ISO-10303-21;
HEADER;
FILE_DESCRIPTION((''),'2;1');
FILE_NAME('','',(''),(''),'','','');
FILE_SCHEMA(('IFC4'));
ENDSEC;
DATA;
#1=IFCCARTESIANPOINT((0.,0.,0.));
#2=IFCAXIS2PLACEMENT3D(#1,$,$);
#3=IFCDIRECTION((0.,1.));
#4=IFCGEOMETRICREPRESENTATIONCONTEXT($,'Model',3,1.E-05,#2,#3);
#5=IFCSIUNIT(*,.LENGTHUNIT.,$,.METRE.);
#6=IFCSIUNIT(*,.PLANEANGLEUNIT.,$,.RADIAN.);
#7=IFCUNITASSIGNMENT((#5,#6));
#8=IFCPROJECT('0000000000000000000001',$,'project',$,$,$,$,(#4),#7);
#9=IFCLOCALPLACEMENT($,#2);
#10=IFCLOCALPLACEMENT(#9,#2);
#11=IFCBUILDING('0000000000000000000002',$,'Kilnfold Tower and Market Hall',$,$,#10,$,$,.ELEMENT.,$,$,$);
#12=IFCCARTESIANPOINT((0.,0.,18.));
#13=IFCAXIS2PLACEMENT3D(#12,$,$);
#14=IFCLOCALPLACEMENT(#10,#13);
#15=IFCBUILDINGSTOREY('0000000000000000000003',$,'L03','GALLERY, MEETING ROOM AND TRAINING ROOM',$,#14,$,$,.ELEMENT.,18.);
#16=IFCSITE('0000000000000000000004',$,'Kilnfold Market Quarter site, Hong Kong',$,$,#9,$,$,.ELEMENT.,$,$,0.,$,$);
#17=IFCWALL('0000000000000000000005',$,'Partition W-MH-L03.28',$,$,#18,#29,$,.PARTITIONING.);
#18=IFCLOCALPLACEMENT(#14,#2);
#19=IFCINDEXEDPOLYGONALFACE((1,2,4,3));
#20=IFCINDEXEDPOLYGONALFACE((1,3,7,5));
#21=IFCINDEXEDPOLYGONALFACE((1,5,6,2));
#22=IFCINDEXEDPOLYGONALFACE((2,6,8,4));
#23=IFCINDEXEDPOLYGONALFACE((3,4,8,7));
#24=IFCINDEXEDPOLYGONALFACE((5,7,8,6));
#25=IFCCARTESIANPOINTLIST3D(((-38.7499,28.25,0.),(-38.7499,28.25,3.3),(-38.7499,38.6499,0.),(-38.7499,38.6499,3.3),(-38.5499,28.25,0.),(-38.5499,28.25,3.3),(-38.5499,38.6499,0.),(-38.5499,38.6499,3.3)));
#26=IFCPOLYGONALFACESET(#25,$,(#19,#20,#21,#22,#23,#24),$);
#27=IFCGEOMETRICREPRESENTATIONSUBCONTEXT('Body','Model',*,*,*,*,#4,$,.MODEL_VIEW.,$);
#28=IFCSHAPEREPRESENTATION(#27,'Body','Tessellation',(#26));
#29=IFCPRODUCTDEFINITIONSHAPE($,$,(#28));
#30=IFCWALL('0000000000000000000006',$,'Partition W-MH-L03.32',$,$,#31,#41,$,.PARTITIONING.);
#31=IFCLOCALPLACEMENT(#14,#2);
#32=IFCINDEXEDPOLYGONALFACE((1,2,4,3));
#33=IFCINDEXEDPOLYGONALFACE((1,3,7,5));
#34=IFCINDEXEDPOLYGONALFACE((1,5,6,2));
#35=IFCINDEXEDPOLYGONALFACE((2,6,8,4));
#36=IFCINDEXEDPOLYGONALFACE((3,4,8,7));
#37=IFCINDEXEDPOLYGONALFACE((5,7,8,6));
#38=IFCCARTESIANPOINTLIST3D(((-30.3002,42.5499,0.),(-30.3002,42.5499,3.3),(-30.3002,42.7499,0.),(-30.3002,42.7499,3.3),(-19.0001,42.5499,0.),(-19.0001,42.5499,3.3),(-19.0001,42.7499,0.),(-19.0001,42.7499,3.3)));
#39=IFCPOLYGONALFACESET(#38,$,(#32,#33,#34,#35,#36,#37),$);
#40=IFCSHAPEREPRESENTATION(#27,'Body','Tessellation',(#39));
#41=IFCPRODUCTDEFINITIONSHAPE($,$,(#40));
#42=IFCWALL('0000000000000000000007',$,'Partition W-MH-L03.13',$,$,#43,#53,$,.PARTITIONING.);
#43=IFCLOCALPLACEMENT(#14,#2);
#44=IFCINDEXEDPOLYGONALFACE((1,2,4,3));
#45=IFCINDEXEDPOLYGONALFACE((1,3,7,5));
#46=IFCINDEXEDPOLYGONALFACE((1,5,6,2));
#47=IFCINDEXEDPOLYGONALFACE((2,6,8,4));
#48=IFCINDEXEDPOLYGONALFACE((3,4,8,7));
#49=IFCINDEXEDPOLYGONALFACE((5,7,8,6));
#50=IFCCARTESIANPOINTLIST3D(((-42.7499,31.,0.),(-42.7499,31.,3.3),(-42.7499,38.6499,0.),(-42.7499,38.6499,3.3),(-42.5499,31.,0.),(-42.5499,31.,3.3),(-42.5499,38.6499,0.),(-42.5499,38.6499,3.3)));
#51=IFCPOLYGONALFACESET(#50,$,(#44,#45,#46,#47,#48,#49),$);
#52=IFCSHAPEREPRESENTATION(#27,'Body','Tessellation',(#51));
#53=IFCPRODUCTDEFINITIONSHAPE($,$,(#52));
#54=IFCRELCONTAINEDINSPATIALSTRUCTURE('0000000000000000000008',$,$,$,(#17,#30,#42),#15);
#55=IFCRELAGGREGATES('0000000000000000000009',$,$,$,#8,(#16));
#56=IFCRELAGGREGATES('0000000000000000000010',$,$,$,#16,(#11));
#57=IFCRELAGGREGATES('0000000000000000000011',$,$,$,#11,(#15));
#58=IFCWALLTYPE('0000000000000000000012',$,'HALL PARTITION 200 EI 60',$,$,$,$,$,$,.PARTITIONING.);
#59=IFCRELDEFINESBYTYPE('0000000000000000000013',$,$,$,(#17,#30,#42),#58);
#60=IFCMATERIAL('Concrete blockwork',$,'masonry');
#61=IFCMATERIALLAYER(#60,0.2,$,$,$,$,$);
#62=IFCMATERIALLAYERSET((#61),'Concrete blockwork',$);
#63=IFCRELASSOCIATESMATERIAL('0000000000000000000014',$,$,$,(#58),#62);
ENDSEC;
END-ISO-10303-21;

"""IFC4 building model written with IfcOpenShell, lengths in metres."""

from ifc_helpers import new_model, si_unit, direction, frame, frame_2d, origin, place, context, subcontext, project, spatial, rectangle, extrude, source, transform, mapped, material, layer, layer_set, type_object, element, save


model = new_model("IFC4")

# Units and contexts
model_context = context("Model", 3, precision=1e-05, world=origin(), true_north=direction((0.0, 1.0)))
body_context = subcontext(model_context, "Body", "Model", "MODEL_VIEW")
ifc_project = project(units=[si_unit("LENGTHUNIT", "METRE"), si_unit("PLANEANGLEUNIT", "RADIAN")], contexts=[model_context])

# Site, building, storey
site_placement = place(None, origin())
site = spatial("IfcSite", under=ifc_project, at=site_placement, Name="Kilnfold Market Quarter site, Hong Kong", CompositionType="ELEMENT", RefElevation=0.0)
building_placement = place(site_placement, origin())
building = spatial("IfcBuilding", under=site, at=building_placement, Name="Kilnfold Tower and Market Hall", CompositionType="ELEMENT")
storey_placement = place(building_placement, frame((0.0, 0.0, 18.0)))
storey = spatial("IfcBuildingStorey", under=building, at=storey_placement, Name="L03", Description="GALLERY, MEETING ROOM AND TRAINING ROOM", CompositionType="ELEMENT", Elevation=18.0)

# Shared definitions
ifc_material_1 = material(Name="Concrete blockwork", Category="masonry")
ifc_layer_1 = layer(ifc_material_1, 0.2)
ifc_layer_set_1 = layer_set([ifc_layer_1], Name="Concrete blockwork")
wall_type_1 = type_object("IfcWallType", Name="HALL PARTITION 200 EI 60", PredefinedType="PARTITIONING", material=ifc_layer_set_1)

# Wall
shared_shape_1 = source(origin(), body_context, "Body", "SweptSolid", [
    extrude(rectangle(XDim=10.3999, YDim=0.2, at=frame_2d((5.2, 0.0))), origin(), (0.0, 0.0, 1.0), 3.3),
])
wall_1_placement = place(storey_placement, frame((-38.6499, 38.6499, 0.0), z_axis=(0.0, 0.0, 1.0), x_axis=(0.0, -1.0, 0.0)))
element("IfcWall", 1, at=wall_1_placement, inside=storey, type_object=wall_type_1, Name="Partition W-MH-L03.28", PredefinedType="PARTITIONING", context=body_context, shape_type="MappedRepresentation", body=[
    mapped(shared_shape_1, transform((0.0, 0.0, 0.0))),
])

# Shared definitions
shared_shape_2 = source(origin(), body_context, "Body", "SweptSolid", [
    extrude(rectangle(XDim=11.3, YDim=0.2, at=frame_2d((5.6499, 0.0))), origin(), (0.0, 0.0, 1.0), 3.3),
])

# Walls
wall_2_placement = place(storey_placement, frame((-30.3, 42.6499, 0.0), z_axis=(0.0, 0.0, 1.0), x_axis=(1.0, 0.0, 0.0)))
element("IfcWall", 2, at=wall_2_placement, inside=storey, type_object=wall_type_1, Name="Partition W-MH-L03.32", PredefinedType="PARTITIONING", context=body_context, shape_type="MappedRepresentation", body=[
    mapped(shared_shape_2, transform((0.0, 0.0, 0.0))),
])
shared_shape_3 = source(origin(), body_context, "Body", "SweptSolid", [
    extrude(rectangle(XDim=7.6499, YDim=0.2, at=frame_2d((3.825, 0.0))), origin(), (0.0, 0.0, 1.0), 3.3),
])
wall_3_placement = place(storey_placement, frame((-42.6499, 31.0, 0.0), z_axis=(0.0, 0.0, 1.0), x_axis=(0.0, 1.0, 0.0)))
element("IfcWall", 3, at=wall_3_placement, inside=storey, type_object=wall_type_1, Name="Partition W-MH-L03.13", PredefinedType="PARTITIONING", context=body_context, shape_type="MappedRepresentation", body=[
    mapped(shared_shape_3, transform((0.0, 0.0, 0.0))),
])

save(model, "model.ifc")
